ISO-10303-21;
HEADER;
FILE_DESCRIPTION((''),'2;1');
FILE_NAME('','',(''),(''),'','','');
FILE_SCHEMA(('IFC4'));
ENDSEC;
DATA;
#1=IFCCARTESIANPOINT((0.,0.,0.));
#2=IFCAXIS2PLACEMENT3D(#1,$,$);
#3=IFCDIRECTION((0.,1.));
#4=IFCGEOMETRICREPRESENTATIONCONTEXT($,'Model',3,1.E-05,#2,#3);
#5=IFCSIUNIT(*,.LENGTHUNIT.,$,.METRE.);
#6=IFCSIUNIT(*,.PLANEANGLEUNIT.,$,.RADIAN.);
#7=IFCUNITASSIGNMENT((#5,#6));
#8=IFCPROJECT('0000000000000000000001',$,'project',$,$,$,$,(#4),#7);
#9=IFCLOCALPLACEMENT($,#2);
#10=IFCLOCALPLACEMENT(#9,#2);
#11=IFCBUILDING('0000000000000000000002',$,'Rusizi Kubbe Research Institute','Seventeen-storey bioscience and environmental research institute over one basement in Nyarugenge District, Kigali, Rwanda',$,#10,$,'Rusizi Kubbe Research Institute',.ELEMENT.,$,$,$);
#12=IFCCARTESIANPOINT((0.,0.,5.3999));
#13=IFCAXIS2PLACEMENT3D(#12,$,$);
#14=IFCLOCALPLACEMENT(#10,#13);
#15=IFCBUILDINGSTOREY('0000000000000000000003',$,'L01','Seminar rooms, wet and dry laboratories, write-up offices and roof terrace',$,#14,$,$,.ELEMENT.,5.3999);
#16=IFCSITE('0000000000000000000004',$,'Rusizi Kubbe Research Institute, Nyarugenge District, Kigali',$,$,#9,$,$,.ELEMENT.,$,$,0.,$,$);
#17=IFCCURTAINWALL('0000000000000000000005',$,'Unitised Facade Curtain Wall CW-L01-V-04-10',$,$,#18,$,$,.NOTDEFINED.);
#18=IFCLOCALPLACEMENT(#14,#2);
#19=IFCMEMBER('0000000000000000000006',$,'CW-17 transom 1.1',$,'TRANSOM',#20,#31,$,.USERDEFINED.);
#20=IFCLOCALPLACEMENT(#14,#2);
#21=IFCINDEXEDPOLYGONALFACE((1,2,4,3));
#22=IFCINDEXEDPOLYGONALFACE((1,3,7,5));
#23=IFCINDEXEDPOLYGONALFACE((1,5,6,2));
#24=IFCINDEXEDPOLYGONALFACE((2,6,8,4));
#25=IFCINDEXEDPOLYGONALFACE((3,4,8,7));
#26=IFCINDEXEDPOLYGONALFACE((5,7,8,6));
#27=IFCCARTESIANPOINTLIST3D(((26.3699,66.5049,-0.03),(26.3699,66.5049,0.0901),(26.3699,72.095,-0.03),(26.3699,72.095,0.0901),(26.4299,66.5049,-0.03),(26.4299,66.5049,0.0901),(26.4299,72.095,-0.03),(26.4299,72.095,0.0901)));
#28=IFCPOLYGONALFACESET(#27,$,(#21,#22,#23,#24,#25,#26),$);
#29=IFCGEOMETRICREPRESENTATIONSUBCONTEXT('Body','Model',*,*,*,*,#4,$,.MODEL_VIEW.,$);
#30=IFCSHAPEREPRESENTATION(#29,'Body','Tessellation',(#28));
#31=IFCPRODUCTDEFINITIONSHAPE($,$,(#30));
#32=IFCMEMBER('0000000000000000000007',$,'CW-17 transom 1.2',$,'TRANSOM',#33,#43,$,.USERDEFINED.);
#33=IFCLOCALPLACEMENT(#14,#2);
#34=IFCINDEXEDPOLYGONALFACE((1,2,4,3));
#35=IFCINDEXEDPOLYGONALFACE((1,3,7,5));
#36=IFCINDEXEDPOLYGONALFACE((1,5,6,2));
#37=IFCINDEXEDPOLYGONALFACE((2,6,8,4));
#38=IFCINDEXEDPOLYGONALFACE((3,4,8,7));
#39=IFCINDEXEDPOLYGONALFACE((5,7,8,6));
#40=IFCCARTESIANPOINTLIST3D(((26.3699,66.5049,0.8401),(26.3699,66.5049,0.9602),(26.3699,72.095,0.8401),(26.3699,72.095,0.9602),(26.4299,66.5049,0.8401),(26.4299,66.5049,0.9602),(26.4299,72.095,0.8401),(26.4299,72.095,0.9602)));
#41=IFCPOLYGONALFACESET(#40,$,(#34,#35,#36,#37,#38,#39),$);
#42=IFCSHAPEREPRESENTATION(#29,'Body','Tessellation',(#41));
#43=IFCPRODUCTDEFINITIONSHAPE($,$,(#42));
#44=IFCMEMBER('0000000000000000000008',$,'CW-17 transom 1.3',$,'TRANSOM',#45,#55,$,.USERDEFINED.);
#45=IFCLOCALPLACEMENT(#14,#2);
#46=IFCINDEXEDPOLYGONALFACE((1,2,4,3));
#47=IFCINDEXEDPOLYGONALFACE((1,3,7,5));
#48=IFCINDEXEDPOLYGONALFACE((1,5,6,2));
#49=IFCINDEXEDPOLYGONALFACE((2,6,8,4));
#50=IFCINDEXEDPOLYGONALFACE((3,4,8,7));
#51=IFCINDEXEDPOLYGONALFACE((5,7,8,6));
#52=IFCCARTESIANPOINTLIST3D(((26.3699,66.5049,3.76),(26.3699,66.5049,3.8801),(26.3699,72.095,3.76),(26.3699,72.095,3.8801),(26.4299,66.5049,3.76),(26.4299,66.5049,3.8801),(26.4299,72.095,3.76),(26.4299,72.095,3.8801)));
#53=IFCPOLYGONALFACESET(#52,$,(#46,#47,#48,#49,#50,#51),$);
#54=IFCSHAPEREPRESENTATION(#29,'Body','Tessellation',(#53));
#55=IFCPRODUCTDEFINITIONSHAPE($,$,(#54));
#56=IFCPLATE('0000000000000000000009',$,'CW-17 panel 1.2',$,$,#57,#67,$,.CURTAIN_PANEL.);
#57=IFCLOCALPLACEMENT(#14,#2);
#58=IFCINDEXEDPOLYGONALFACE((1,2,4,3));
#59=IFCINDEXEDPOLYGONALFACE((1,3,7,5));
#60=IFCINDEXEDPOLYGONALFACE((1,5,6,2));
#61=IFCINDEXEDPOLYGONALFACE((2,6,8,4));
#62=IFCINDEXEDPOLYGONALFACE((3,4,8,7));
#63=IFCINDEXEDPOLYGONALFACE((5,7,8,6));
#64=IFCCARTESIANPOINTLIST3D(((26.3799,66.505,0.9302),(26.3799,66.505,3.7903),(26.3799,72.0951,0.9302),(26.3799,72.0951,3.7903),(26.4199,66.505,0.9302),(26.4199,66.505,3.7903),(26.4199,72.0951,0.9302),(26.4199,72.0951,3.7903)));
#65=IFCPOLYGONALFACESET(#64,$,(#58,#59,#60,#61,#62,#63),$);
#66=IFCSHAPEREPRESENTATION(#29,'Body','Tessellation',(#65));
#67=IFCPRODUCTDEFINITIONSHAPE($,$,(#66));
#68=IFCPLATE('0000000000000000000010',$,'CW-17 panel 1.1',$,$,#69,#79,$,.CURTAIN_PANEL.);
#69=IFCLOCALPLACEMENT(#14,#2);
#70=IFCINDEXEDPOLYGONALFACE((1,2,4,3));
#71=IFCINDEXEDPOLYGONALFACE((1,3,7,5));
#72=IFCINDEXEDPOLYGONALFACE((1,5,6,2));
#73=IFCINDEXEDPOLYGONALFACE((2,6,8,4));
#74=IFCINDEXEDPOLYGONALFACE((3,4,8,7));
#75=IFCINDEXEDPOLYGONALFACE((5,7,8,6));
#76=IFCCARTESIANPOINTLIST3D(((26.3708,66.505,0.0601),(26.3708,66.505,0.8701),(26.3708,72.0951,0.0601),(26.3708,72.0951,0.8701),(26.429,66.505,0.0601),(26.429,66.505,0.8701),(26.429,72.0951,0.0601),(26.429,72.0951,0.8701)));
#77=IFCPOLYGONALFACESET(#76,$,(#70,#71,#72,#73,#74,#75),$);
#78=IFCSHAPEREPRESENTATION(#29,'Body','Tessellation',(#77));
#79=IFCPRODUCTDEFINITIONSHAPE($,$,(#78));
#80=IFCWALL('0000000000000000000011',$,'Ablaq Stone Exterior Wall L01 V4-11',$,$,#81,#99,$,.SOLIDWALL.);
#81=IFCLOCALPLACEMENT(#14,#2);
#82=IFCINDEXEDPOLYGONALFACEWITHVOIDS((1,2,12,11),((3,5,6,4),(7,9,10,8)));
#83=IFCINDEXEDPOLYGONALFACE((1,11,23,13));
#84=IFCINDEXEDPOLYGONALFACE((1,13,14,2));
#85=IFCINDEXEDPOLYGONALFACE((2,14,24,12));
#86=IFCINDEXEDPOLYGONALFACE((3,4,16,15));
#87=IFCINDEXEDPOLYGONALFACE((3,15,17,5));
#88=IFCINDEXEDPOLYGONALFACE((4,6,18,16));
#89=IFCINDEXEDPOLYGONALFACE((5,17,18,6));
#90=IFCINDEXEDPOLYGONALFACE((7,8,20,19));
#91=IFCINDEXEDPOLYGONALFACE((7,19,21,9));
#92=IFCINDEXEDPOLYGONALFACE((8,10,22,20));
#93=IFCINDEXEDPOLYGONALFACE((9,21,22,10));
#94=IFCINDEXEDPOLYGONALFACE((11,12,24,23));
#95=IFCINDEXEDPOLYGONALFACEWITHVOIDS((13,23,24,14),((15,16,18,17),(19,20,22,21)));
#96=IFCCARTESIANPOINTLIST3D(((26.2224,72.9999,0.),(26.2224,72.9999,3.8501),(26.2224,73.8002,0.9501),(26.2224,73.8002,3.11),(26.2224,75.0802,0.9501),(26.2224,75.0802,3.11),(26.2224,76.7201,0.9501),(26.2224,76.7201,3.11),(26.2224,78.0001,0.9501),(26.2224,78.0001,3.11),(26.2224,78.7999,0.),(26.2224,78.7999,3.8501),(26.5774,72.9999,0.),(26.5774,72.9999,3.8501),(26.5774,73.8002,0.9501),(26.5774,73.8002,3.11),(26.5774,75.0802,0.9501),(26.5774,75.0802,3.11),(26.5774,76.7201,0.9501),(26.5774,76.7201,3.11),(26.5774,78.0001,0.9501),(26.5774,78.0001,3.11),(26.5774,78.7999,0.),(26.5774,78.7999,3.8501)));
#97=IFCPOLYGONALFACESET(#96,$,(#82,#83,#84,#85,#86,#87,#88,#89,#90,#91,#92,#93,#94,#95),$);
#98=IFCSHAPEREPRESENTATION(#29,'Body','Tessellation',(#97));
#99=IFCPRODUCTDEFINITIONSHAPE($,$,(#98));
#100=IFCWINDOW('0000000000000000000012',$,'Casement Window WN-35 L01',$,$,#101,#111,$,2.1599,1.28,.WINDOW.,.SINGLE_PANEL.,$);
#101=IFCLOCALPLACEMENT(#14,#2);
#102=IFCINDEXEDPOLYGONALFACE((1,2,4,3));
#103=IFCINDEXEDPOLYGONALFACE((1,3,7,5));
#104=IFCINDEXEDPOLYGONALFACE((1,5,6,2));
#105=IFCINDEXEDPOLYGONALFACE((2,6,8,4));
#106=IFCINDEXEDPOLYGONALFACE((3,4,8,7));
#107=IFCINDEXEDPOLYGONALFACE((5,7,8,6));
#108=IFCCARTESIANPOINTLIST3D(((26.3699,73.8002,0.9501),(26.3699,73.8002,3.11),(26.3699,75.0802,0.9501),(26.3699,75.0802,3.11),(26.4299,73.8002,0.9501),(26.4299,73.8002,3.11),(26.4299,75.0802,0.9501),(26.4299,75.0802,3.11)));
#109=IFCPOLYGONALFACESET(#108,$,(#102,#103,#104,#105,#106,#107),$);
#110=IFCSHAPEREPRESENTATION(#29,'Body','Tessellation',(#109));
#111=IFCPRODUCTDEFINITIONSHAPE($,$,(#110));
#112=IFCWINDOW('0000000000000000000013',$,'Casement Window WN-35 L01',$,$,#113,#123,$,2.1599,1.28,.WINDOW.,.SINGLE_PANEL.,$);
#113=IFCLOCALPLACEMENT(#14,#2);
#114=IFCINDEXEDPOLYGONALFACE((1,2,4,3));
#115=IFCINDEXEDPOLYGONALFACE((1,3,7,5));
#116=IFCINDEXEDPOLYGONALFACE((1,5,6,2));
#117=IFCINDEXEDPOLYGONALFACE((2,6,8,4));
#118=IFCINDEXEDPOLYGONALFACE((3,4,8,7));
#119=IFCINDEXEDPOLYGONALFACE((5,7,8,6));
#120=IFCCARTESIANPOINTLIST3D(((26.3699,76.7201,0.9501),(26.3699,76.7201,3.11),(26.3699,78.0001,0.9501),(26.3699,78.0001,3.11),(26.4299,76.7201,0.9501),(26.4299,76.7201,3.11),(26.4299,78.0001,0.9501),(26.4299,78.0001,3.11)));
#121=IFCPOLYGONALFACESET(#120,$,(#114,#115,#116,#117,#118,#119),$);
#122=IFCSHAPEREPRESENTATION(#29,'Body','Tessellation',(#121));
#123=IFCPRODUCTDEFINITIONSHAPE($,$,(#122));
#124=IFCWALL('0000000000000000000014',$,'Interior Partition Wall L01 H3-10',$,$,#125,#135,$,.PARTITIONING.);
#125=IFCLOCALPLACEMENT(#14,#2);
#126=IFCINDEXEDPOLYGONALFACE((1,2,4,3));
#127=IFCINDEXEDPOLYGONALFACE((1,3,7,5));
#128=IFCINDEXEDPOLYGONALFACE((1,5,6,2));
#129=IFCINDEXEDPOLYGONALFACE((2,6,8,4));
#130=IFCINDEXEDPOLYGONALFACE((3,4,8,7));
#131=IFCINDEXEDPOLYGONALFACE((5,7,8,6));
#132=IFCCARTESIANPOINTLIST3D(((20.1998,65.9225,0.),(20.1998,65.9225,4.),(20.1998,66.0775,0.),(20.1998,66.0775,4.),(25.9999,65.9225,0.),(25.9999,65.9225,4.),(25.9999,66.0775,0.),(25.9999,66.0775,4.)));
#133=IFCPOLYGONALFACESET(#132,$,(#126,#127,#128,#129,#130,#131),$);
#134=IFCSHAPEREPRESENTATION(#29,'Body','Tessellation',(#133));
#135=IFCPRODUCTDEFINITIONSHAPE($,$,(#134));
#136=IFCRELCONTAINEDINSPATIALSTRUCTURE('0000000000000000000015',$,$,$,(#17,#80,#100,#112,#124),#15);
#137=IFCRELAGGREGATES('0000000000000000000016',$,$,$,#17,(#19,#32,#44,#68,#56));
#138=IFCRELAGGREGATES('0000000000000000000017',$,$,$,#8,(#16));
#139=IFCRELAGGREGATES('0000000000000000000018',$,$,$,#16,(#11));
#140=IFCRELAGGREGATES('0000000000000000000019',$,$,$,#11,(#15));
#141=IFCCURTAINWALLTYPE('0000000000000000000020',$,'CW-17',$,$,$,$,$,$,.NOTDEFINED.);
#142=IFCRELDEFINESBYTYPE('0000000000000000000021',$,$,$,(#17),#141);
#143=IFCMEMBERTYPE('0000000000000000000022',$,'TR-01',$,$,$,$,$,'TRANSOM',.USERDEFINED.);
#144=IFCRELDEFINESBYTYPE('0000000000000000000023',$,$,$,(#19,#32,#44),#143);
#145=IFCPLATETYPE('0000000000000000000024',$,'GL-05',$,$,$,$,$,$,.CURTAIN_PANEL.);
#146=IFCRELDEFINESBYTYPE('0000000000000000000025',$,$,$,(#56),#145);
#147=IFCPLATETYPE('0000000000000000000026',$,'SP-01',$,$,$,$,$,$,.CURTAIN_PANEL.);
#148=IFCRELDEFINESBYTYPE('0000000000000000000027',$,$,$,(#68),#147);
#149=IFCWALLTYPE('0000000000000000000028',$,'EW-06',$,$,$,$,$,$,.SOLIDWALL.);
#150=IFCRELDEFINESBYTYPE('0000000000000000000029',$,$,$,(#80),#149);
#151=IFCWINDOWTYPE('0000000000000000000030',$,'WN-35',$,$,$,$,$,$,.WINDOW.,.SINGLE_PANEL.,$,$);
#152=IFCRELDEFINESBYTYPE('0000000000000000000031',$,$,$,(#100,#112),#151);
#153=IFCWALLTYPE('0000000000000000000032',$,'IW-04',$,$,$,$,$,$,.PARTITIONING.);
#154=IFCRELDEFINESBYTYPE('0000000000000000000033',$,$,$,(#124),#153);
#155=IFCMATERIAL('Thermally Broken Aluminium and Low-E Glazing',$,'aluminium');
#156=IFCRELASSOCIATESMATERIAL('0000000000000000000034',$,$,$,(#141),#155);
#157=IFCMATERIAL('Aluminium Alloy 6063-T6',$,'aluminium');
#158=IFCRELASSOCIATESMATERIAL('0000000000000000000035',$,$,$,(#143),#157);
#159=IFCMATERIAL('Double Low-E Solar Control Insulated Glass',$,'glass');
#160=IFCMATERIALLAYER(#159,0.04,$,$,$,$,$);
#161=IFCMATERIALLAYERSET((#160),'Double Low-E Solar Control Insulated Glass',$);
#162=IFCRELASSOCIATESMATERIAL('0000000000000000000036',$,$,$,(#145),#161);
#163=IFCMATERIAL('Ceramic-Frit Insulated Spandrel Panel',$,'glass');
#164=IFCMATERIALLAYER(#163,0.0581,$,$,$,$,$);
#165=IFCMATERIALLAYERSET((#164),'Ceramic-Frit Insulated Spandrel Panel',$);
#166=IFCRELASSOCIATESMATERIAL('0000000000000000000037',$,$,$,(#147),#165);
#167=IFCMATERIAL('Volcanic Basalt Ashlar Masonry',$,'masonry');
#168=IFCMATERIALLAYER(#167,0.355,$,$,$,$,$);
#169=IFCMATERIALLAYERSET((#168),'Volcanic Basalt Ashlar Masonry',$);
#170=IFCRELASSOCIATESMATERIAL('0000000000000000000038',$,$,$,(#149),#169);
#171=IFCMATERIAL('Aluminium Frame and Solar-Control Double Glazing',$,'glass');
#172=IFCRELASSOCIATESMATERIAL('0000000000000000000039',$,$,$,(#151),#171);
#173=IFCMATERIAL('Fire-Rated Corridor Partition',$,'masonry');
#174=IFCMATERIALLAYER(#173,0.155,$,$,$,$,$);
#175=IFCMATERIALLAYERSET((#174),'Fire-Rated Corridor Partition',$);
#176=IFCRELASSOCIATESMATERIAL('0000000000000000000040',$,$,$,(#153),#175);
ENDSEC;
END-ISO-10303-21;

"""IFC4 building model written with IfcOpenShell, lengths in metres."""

from ifc_helpers import new_model, si_unit, direction, frame, frame_2d, origin, origin_2d, place, context, subcontext, project, spatial, rectangle, extrude, material, layer, layer_set, material_profile, profile_set, type_object, element, fill, aggregate, save


model = new_model("IFC4")

# Units and contexts
model_context = context("Model", 3, precision=1e-05, world=origin(), true_north=direction((0.0, 1.0)))
body_context = subcontext(model_context, "Body", "Model", "MODEL_VIEW")
ifc_project = project(units=[si_unit("LENGTHUNIT", "METRE"), si_unit("PLANEANGLEUNIT", "RADIAN")], contexts=[model_context])

# Site, building, storey
site_placement = place(None, origin())
site = spatial("IfcSite", under=ifc_project, at=site_placement, Name="Rusizi Kubbe Research Institute, Nyarugenge District, Kigali", CompositionType="ELEMENT", RefElevation=0.0)
building_placement = place(site_placement, origin())
building = spatial("IfcBuilding", under=site, at=building_placement, Name="Rusizi Kubbe Research Institute", Description="Seventeen-storey bioscience and environmental research institute over one basement in Nyarugenge District, Kigali, Rwanda", LongName="Rusizi Kubbe Research Institute", CompositionType="ELEMENT")
storey_placement = place(building_placement, frame((0.0, 0.0, 5.3999)))
storey = spatial("IfcBuildingStorey", under=building, at=storey_placement, Name="L01", Description="Seminar rooms, wet and dry laboratories, write-up offices and roof terrace", CompositionType="ELEMENT", Elevation=5.3999)

# Curtain wall, members, plates
ifc_material_1 = material(Name="Thermally Broken Aluminium and Low-E Glazing", Category="aluminium")
curtain_wall_type = type_object("IfcCurtainWallType", Name="CW-17", PredefinedType="NOTDEFINED", material=ifc_material_1)
curtain_wall_placement = place(storey_placement, origin())
curtain_wall = element("IfcCurtainWall", 1, at=curtain_wall_placement, inside=storey, type_object=curtain_wall_type, Name="Unitised Facade Curtain Wall CW-L01-V-04-10", PredefinedType="NOTDEFINED")
ifc_material_2 = material(Name="Aluminium Alloy 6063-T6", Category="aluminium")
ifc_material_profile_1 = material_profile(ifc_material_2, rectangle(XDim=0.0601, YDim=0.1201, at=origin_2d()), Name="ALU-T 60x120")
ifc_profile_set_1 = profile_set([ifc_material_profile_1], Name="Aluminium Alloy 6063-T6")
member_type_1 = type_object("IfcMemberType", Name="TR-01", ElementType="TRANSOM", PredefinedType="USERDEFINED", material=ifc_profile_set_1)
member_1_placement = place(storey_placement, frame((26.3999, 66.5049, 0.03), z_axis=(0.0, 1.0, 0.0), x_axis=(-1.0, 0.0, 0.0)))
member_1 = element("IfcMember", 2, at=member_1_placement, type_object=member_type_1, Name="CW-17 transom 1.1", ObjectType="TRANSOM", PredefinedType="USERDEFINED", context=body_context, shape_type="SweptSolid", body=[
    extrude(rectangle(XDim=0.0601, YDim=0.1201, at=origin_2d()), origin(), (0.0, 0.0, 1.0), 5.5901),
])
member_2_placement = place(storey_placement, frame((26.3999, 66.5049, 0.9001), z_axis=(0.0, 1.0, 0.0), x_axis=(-1.0, 0.0, 0.0)))
member_2 = element("IfcMember", 3, at=member_2_placement, type_object=member_type_1, Name="CW-17 transom 1.2", ObjectType="TRANSOM", PredefinedType="USERDEFINED", context=body_context, shape_type="SweptSolid", body=[
    extrude(rectangle(XDim=0.0601, YDim=0.1201, at=origin_2d()), origin(), (0.0, 0.0, 1.0), 5.5901),
])
member_3_placement = place(storey_placement, frame((26.3999, 66.5049, 3.8201), z_axis=(0.0, 1.0, 0.0), x_axis=(-1.0, 0.0, 0.0)))
member_3 = element("IfcMember", 4, at=member_3_placement, type_object=member_type_1, Name="CW-17 transom 1.3", ObjectType="TRANSOM", PredefinedType="USERDEFINED", context=body_context, shape_type="SweptSolid", body=[
    extrude(rectangle(XDim=0.0601, YDim=0.1201, at=origin_2d()), origin(), (0.0, 0.0, 1.0), 5.5901),
])
ifc_material_3 = material(Name="Double Low-E Solar Control Insulated Glass", Category="glass")
ifc_layer_1 = layer(ifc_material_3, 0.04)
ifc_layer_set_1 = layer_set([ifc_layer_1], Name="Double Low-E Solar Control Insulated Glass")
plate_type_1 = type_object("IfcPlateType", Name="GL-05", PredefinedType="CURTAIN_PANEL", material=ifc_layer_set_1)
plate_1_placement = place(storey_placement, frame((26.3999, 69.3, 0.9302), z_axis=(0.0, 0.0, 1.0), x_axis=(0.0, 1.0, 0.0)))
plate_1 = element("IfcPlate", 5, at=plate_1_placement, type_object=plate_type_1, Name="CW-17 panel 1.2", PredefinedType="CURTAIN_PANEL", context=body_context, shape_type="SweptSolid", body=[
    extrude(rectangle(XDim=5.5901, YDim=0.04, at=origin_2d()), origin(), (0.0, 0.0, 1.0), 2.8601),
])
ifc_material_4 = material(Name="Ceramic-Frit Insulated Spandrel Panel", Category="glass")
ifc_layer_2 = layer(ifc_material_4, 0.0581)
ifc_layer_set_2 = layer_set([ifc_layer_2], Name="Ceramic-Frit Insulated Spandrel Panel")
plate_type_2 = type_object("IfcPlateType", Name="SP-01", PredefinedType="CURTAIN_PANEL", material=ifc_layer_set_2)
plate_2_placement = place(storey_placement, frame((26.3999, 69.3, 0.0601), z_axis=(0.0, 0.0, 1.0), x_axis=(0.0, 1.0, 0.0)))
plate_2 = element("IfcPlate", 6, at=plate_2_placement, type_object=plate_type_2, Name="CW-17 panel 1.1", PredefinedType="CURTAIN_PANEL", context=body_context, shape_type="SweptSolid", body=[
    extrude(rectangle(XDim=5.5901, YDim=0.0581, at=origin_2d()), origin(), (0.0, 0.0, 1.0), 0.8101),
])
aggregate(curtain_wall, [member_1, member_2, member_3, plate_2, plate_1])

# Wall, openings, windows
ifc_material_5 = material(Name="Volcanic Basalt Ashlar Masonry", Category="masonry")
ifc_layer_3 = layer(ifc_material_5, 0.355)
ifc_layer_set_3 = layer_set([ifc_layer_3], Name="Volcanic Basalt Ashlar Masonry")
wall_type_1 = type_object("IfcWallType", Name="EW-06", PredefinedType="SOLIDWALL", material=ifc_layer_set_3)
wall_1_placement = place(storey_placement, frame((26.3999, 73.0, 0.0), z_axis=(0.0, 0.0, 1.0), x_axis=(0.0, 1.0, 0.0)))
wall_1 = element("IfcWall", 7, at=wall_1_placement, inside=storey, type_object=wall_type_1, Name="Ablaq Stone Exterior Wall L01 V4-11", PredefinedType="SOLIDWALL", context=body_context, shape_type="SweptSolid", body=[
    extrude(rectangle(XDim=5.8, YDim=0.355, at=frame_2d((2.8999, 0.0))), origin(), (0.0, 0.0, 1.0), 3.8501),
])
opening_1_placement = place(wall_1_placement, frame((0.8, 0.0, 0.95)))
opening_1 = element("IfcOpeningElement", 8, at=opening_1_placement, cuts=wall_1, PredefinedType="OPENING", context=body_context, shape_type="SweptSolid", body=[
    extrude(rectangle(XDim=1.28, YDim=2.1599, at=frame_2d((0.6401, 1.0801))), frame((0.0, 0.1875, 0.0), z_axis=(0.0, -1.0, 0.0), x_axis=(1.0, 0.0, 0.0)), (0.0, 0.0, 1.0), 0.375),
])
opening_2_placement = place(wall_1_placement, frame((3.72, 0.0, 0.95)))
opening_2 = element("IfcOpeningElement", 9, at=opening_2_placement, cuts=wall_1, PredefinedType="OPENING", context=body_context, shape_type="SweptSolid", body=[
    extrude(rectangle(XDim=1.28, YDim=2.1599, at=frame_2d((0.6401, 1.0801))), frame((0.0, 0.1875, 0.0), z_axis=(0.0, -1.0, 0.0), x_axis=(1.0, 0.0, 0.0)), (0.0, 0.0, 1.0), 0.375),
])
ifc_material_6 = material(Name="Aluminium Frame and Solar-Control Double Glazing", Category="glass")
window_type = type_object("IfcWindowType", Name="WN-35", PartitioningType="SINGLE_PANEL", PredefinedType="WINDOW", material=ifc_material_6)
window_1_placement = place(opening_1_placement, origin())
window_1 = element("IfcWindow", 10, at=window_1_placement, inside=storey, type_object=window_type, Name="Casement Window WN-35 L01", OverallHeight=2.1599, OverallWidth=1.28, PartitioningType="SINGLE_PANEL", PredefinedType="WINDOW", context=body_context, shape_type="SweptSolid", body=[
    extrude(rectangle(XDim=1.28, YDim=2.1599, at=frame_2d((0.6401, 1.0801))), frame((0.0, 0.03, 0.0), z_axis=(0.0, -1.0, 0.0), x_axis=(1.0, 0.0, 0.0)), (0.0, 0.0, 1.0), 0.0601),
])
fill(opening_1, window_1)
window_2_placement = place(opening_2_placement, origin())
window_2 = element("IfcWindow", 11, at=window_2_placement, inside=storey, type_object=window_type, Name="Casement Window WN-35 L01", OverallHeight=2.1599, OverallWidth=1.28, PartitioningType="SINGLE_PANEL", PredefinedType="WINDOW", context=body_context, shape_type="SweptSolid", body=[
    extrude(rectangle(XDim=1.28, YDim=2.1599, at=frame_2d((0.6401, 1.0801))), frame((0.0, 0.03, 0.0), z_axis=(0.0, -1.0, 0.0), x_axis=(1.0, 0.0, 0.0)), (0.0, 0.0, 1.0), 0.0601),
])
fill(opening_2, window_2)

# Wall
ifc_material_7 = material(Name="Fire-Rated Corridor Partition", Category="masonry")
ifc_layer_4 = layer(ifc_material_7, 0.155)
ifc_layer_set_4 = layer_set([ifc_layer_4], Name="Fire-Rated Corridor Partition")
wall_type_2 = type_object("IfcWallType", Name="IW-04", PredefinedType="PARTITIONING", material=ifc_layer_set_4)
wall_2_placement = place(storey_placement, frame((20.2, 66.0, 0.0), z_axis=(0.0, 0.0, 1.0), x_axis=(1.0, 0.0, 0.0)))
element("IfcWall", 12, at=wall_2_placement, inside=storey, type_object=wall_type_2, Name="Interior Partition Wall L01 H3-10", PredefinedType="PARTITIONING", context=body_context, shape_type="SweptSolid", body=[
    extrude(rectangle(XDim=5.8, YDim=0.155, at=frame_2d((2.8999, 0.0))), origin(), (0.0, 0.0, 1.0), 4.0),
])

save(model, "model.ifc")
